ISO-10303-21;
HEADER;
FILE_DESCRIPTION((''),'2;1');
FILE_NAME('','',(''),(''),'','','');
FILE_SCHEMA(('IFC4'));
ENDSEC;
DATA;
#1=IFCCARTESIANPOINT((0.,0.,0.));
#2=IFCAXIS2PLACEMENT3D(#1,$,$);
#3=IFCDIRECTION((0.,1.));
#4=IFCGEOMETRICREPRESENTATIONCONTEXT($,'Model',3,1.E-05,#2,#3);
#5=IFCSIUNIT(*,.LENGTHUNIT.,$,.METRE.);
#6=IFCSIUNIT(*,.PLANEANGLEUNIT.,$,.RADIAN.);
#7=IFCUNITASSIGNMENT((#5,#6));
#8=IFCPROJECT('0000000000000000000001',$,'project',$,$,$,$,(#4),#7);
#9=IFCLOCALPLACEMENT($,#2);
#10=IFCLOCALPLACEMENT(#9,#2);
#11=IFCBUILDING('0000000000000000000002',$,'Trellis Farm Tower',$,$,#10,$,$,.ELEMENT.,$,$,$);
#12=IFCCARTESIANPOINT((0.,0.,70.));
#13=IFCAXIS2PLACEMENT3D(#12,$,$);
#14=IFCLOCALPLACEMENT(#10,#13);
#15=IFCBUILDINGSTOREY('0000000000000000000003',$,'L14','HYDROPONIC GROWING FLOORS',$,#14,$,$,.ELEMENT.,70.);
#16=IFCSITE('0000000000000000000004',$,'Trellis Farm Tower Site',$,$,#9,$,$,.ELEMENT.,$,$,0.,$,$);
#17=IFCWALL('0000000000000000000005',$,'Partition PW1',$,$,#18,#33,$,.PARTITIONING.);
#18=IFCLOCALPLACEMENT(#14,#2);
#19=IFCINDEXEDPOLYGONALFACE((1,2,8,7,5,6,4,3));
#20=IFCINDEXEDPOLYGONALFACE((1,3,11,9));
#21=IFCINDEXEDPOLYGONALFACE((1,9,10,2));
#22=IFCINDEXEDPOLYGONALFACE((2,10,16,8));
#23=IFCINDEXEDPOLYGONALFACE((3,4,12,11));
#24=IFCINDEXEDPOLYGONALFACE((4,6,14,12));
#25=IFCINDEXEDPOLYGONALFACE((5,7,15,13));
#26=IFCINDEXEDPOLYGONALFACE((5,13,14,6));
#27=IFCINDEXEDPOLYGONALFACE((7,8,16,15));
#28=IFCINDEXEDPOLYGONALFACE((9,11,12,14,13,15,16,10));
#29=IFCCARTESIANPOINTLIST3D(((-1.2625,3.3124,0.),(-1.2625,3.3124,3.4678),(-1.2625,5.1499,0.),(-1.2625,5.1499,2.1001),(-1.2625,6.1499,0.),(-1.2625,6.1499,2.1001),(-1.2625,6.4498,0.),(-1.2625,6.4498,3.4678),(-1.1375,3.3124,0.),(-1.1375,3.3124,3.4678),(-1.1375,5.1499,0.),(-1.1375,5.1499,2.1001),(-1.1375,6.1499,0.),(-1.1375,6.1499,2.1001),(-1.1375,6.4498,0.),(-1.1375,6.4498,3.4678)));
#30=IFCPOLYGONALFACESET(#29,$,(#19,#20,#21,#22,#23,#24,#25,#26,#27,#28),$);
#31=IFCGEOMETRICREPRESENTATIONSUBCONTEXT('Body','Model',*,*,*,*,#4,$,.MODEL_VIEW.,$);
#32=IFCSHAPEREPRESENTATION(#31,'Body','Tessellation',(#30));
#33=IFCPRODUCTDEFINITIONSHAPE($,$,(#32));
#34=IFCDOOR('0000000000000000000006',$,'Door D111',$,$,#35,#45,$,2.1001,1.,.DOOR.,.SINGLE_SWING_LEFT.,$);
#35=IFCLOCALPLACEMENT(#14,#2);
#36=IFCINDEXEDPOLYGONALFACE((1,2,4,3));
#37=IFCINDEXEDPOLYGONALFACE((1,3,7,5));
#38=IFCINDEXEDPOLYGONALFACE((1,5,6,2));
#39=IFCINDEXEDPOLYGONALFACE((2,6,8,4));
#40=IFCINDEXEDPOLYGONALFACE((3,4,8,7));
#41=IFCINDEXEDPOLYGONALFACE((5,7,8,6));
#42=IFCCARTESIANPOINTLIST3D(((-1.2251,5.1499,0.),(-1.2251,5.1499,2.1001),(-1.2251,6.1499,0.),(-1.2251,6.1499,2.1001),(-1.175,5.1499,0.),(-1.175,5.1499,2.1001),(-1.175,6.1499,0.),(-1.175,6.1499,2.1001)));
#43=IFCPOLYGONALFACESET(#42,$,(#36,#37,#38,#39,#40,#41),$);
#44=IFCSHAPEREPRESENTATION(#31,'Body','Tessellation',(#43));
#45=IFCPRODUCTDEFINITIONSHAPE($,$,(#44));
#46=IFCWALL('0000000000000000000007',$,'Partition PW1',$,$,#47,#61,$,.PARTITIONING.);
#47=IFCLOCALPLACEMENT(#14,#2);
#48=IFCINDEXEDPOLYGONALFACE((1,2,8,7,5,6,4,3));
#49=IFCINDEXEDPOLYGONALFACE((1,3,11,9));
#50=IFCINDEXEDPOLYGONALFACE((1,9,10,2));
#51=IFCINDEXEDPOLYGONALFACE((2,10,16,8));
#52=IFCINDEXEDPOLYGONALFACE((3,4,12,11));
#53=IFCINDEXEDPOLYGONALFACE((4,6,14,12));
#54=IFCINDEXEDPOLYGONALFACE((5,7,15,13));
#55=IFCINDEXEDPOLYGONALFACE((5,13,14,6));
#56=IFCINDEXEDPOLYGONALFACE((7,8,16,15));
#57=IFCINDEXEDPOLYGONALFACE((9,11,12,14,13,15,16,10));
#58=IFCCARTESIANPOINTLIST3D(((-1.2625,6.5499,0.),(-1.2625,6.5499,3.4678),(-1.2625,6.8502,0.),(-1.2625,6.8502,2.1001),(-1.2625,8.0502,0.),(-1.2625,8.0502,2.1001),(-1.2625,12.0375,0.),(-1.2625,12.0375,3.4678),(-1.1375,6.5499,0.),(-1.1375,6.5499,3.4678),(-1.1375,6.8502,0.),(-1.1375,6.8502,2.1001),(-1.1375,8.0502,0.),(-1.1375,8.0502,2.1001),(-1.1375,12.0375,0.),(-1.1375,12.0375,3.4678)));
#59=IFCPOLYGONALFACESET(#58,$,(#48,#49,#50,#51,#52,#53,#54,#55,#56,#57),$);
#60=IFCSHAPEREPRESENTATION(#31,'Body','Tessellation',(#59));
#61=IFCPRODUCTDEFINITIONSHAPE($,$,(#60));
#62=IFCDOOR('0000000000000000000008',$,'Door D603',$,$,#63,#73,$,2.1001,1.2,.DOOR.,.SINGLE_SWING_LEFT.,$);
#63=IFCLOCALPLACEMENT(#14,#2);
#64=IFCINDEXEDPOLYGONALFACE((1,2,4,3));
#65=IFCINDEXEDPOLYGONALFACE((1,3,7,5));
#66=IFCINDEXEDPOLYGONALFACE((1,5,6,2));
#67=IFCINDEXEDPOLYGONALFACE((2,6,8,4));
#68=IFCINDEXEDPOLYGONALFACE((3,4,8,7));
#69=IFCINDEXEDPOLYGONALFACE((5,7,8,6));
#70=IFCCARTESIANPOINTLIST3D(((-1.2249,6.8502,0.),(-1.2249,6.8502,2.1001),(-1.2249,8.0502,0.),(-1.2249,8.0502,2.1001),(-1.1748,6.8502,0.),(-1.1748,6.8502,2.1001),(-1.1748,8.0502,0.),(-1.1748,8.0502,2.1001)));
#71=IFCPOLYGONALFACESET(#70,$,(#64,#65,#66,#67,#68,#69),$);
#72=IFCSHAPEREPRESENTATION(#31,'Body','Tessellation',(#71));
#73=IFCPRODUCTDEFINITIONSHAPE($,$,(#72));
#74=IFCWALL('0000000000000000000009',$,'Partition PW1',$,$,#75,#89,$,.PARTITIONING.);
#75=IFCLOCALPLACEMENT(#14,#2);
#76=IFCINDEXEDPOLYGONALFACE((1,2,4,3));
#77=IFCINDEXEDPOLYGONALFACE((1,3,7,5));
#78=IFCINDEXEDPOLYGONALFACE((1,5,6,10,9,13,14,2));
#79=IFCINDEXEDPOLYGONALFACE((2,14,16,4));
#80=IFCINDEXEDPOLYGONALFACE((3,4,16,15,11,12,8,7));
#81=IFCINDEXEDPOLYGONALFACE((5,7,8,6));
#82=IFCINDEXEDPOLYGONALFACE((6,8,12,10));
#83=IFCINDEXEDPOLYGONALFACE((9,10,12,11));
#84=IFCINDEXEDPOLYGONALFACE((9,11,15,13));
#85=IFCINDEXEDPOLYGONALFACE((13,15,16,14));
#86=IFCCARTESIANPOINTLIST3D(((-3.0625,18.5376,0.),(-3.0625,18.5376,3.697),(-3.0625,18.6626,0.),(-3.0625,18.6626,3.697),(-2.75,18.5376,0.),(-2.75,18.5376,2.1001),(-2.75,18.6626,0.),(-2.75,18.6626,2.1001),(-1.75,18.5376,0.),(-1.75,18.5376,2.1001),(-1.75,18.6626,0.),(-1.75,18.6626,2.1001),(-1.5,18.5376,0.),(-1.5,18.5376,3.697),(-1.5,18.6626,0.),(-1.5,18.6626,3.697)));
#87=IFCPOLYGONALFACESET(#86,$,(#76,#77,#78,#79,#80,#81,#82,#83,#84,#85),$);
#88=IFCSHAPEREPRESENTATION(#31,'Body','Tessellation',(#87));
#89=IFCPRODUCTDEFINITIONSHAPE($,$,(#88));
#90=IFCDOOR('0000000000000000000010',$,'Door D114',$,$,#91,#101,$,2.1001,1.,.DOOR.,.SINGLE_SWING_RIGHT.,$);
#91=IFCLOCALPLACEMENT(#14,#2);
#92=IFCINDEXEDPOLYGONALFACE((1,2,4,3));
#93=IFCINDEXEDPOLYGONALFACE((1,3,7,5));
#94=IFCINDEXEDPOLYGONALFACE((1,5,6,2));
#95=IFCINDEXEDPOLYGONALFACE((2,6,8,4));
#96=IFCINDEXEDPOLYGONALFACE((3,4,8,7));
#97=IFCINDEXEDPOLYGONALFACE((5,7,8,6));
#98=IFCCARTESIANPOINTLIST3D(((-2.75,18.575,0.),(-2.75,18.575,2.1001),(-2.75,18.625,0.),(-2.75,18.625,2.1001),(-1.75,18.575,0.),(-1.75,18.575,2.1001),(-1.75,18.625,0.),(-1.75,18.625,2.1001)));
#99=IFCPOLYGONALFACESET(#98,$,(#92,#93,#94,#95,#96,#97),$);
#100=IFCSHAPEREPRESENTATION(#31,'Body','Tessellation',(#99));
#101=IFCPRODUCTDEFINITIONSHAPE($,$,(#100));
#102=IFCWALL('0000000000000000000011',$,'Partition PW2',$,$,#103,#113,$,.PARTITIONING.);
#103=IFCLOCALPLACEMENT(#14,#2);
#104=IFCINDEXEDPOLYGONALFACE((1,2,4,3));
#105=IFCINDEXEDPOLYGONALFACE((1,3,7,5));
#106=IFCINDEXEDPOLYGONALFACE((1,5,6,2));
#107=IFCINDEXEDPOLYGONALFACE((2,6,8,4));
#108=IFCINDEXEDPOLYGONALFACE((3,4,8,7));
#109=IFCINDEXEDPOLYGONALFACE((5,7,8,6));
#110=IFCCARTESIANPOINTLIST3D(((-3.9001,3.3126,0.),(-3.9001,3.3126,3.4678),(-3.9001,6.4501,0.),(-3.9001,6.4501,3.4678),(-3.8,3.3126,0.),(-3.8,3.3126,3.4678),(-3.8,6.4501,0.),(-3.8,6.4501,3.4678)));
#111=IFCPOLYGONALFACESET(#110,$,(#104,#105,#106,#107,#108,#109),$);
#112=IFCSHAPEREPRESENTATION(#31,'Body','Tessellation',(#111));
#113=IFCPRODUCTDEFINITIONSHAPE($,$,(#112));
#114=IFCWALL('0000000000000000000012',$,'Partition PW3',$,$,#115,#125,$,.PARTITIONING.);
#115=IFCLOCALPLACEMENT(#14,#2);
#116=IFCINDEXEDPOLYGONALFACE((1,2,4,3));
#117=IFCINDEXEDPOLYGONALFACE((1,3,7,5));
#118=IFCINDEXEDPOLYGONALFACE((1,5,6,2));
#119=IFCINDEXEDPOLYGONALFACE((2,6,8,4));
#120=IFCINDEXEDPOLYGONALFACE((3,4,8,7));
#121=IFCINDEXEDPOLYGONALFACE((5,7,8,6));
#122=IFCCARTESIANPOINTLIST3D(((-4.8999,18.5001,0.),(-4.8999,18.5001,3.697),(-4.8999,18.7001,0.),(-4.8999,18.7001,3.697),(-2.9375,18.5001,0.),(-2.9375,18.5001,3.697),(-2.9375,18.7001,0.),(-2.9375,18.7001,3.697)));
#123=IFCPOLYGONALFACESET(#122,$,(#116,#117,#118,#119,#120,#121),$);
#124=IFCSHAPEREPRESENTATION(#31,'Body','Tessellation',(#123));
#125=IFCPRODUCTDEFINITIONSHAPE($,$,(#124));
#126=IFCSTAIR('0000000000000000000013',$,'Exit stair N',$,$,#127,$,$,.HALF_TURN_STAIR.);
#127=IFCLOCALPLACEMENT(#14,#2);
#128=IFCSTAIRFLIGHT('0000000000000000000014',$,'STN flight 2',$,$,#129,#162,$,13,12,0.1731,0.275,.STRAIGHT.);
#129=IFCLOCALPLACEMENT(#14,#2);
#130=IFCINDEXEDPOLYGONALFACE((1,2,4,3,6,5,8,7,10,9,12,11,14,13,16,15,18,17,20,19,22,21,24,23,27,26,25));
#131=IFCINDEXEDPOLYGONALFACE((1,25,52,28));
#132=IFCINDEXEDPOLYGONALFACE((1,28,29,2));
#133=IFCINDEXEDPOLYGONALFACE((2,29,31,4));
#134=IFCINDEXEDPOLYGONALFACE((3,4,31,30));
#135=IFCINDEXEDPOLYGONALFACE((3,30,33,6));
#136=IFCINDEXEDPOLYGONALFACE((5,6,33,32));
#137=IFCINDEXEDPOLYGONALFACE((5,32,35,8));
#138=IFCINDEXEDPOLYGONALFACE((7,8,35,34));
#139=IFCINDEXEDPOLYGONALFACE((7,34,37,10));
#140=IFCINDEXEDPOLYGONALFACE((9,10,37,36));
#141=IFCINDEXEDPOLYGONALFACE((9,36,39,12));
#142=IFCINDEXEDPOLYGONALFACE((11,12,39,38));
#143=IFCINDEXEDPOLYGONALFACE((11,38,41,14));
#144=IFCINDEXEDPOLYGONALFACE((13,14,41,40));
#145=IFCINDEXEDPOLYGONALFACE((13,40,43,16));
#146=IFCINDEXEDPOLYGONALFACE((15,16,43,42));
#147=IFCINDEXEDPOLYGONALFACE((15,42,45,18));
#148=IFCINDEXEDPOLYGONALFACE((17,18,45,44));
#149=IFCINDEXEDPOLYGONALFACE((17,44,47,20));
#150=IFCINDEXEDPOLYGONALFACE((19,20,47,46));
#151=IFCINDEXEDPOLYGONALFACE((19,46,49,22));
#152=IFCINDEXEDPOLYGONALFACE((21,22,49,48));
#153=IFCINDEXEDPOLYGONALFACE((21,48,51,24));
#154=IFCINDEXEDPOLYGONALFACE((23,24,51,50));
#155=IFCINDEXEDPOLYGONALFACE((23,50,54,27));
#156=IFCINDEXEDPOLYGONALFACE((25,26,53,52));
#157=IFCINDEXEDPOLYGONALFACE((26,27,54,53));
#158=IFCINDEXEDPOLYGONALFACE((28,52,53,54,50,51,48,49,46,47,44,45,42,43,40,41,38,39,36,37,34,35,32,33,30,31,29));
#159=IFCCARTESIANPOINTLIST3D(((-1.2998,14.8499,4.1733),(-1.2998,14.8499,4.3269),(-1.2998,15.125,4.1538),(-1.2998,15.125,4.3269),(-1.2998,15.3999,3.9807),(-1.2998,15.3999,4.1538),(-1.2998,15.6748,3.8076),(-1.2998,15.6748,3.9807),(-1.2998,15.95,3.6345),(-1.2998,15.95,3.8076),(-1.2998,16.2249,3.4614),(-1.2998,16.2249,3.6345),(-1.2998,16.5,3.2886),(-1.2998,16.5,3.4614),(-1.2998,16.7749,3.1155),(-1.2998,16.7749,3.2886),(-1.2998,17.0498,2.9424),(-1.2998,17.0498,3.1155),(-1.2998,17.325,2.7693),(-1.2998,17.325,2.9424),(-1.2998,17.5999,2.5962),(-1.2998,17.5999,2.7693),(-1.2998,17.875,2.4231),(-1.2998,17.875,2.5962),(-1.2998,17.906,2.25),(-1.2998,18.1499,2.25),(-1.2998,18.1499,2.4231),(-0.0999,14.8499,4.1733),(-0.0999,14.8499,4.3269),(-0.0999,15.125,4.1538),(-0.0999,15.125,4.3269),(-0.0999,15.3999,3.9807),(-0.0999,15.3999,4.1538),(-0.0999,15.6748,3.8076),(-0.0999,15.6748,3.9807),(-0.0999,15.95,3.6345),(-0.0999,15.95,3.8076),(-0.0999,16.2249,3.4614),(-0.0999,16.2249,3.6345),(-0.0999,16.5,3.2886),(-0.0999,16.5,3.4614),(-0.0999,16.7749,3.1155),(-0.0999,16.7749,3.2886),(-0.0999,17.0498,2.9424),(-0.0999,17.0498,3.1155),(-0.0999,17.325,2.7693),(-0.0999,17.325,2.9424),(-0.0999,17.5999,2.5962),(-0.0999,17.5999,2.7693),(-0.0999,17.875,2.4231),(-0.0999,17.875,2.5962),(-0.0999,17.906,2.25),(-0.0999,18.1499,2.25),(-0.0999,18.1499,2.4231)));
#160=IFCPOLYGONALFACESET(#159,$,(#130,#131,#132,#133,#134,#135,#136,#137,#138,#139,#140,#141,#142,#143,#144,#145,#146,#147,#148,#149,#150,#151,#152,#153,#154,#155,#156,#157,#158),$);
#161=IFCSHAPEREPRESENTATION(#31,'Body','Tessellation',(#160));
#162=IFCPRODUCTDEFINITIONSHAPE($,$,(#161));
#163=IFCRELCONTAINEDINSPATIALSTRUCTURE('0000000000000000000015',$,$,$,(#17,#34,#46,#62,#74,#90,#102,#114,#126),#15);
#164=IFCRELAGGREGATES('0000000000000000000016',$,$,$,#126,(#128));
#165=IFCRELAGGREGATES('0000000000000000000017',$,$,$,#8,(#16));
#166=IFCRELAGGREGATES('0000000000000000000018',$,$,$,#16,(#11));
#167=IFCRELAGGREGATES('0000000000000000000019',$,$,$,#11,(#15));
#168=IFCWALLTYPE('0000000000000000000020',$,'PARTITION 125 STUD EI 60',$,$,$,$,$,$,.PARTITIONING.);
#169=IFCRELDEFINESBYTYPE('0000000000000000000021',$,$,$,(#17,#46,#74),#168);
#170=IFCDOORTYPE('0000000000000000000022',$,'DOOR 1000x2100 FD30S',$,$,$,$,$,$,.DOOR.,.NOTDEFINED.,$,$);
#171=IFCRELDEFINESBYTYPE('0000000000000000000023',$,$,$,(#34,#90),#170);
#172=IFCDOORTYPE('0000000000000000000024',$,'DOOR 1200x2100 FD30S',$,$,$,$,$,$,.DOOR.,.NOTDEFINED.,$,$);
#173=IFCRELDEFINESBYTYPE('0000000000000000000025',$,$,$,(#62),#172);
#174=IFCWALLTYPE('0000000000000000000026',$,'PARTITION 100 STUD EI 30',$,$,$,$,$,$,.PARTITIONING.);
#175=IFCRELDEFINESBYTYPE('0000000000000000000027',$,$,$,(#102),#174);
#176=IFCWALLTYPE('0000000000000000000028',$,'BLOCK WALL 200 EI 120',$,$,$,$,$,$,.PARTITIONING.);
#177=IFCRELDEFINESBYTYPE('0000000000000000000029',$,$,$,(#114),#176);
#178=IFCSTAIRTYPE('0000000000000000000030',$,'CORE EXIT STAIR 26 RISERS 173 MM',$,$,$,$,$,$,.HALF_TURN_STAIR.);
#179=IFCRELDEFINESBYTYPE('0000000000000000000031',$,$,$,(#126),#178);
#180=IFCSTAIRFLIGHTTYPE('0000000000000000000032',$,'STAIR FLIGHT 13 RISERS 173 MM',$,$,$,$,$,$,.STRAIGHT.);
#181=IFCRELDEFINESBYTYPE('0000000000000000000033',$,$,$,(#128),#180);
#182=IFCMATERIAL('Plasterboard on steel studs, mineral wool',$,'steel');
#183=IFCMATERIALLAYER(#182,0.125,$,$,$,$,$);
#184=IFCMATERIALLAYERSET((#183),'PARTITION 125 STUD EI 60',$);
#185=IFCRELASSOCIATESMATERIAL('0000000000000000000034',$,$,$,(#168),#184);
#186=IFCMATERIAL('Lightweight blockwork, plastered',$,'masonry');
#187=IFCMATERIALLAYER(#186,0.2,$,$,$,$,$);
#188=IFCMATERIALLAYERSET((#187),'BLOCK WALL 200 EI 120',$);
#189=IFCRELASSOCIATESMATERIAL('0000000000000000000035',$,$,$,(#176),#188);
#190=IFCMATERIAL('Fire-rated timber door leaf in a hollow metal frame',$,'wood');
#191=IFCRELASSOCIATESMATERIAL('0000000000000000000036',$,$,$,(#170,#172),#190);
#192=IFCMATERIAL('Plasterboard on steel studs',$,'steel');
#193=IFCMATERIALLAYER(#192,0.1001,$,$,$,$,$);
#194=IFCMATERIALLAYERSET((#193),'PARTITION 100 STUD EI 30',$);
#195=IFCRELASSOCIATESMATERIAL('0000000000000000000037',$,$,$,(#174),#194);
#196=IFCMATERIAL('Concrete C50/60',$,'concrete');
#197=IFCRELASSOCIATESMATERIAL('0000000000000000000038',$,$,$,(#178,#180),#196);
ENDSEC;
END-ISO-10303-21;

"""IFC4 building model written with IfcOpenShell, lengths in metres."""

from ifc_helpers import new_model, si_unit, direction, frame, frame_2d, origin, place, context, subcontext, project, spatial, polyline, rectangle, outline, extrude, source, transform, mapped, material, layer, layer_set, type_object, element, fill, aggregate, save


model = new_model("IFC4")

# Units and contexts
model_context = context("Model", 3, precision=1e-05, world=origin(), true_north=direction((0.0, 1.0)))
body_context = subcontext(model_context, "Body", "Model", "MODEL_VIEW")
ifc_project = project(units=[si_unit("LENGTHUNIT", "METRE"), si_unit("PLANEANGLEUNIT", "RADIAN")], contexts=[model_context])

# Site, building, storey
site_placement = place(None, origin())
site = spatial("IfcSite", under=ifc_project, at=site_placement, Name="Trellis Farm Tower Site", CompositionType="ELEMENT", RefElevation=0.0)
building_placement = place(site_placement, origin())
building = spatial("IfcBuilding", under=site, at=building_placement, Name="Trellis Farm Tower", CompositionType="ELEMENT")
storey_placement = place(building_placement, frame((0.0, 0.0, 70.0)))
storey = spatial("IfcBuildingStorey", under=building, at=storey_placement, Name="L14", Description="HYDROPONIC GROWING FLOORS", CompositionType="ELEMENT", Elevation=70.0)

# Shared definitions
placement = place(storey_placement, origin())

# Shared definitions
shared_shape_1 = source(origin(), body_context, "Body", "SweptSolid", [
    extrude(rectangle(XDim=1.2, YDim=2.1001, at=frame_2d((0.6001, 1.05))), frame((0.0, 0.0249, 0.0), z_axis=(0.0, -1.0, 0.0), x_axis=(1.0, 0.0, 0.0)), (0.0, 0.0, 1.0), 0.05),
])

# Shared definitions
ifc_material_1 = material(Name="Plasterboard on steel studs, mineral wool", Category="steel")
ifc_layer_1 = layer(ifc_material_1, 0.125)
ifc_layer_set_1 = layer_set([ifc_layer_1], Name="PARTITION 125 STUD EI 60")
wall_type_1 = type_object("IfcWallType", Name="PARTITION 125 STUD EI 60", PredefinedType="PARTITIONING", material=ifc_layer_set_1)
ifc_material_2 = material(Name="Lightweight blockwork, plastered", Category="masonry")
ifc_layer_2 = layer(ifc_material_2, 0.2)
ifc_layer_set_2 = layer_set([ifc_layer_2], Name="BLOCK WALL 200 EI 120")
wall_type_2 = type_object("IfcWallType", Name="BLOCK WALL 200 EI 120", PredefinedType="PARTITIONING", material=ifc_layer_set_2)

# Walls, openings, doors
shared_shape_2 = source(origin(), body_context, "Body", "SweptSolid", [
    extrude(rectangle(XDim=1.0, YDim=2.1001, at=frame_2d((0.5, 1.05))), frame((0.0, 0.0725, 0.0), z_axis=(0.0, -1.0, 0.0), x_axis=(1.0, 0.0, 0.0)), (0.0, 0.0, 1.0), 0.145),
])
ifc_material_3 = material(Name="Fire-rated timber door leaf in a hollow metal frame", Category="wood")
door_type_1 = type_object("IfcDoorType", Name="DOOR 1000x2100 FD30S", OperationType="NOTDEFINED", PredefinedType="DOOR", material=ifc_material_3)
shared_shape_3 = source(origin(), body_context, "Body", "SweptSolid", [
    extrude(rectangle(XDim=1.0, YDim=2.1001, at=frame_2d((0.5, 1.05))), frame((0.0, 0.0249, 0.0), z_axis=(0.0, -1.0, 0.0), x_axis=(1.0, 0.0, 0.0)), (0.0, 0.0, 1.0), 0.05),
])
shared_shape_4 = source(origin(), body_context, "Body", "SweptSolid", [
    extrude(rectangle(XDim=3.1375, YDim=0.125, at=frame_2d((1.5688, 0.0))), origin(), (0.0, 0.0, 1.0), 3.4678),
])
wall_1_placement = place(storey_placement, frame((-1.2, 6.45, 0.0), z_axis=(0.0, 0.0, 1.0), x_axis=(0.0, -1.0, 0.0)))
wall_1 = element("IfcWall", 1, at=wall_1_placement, inside=storey, type_object=wall_type_1, Name="Partition PW1", PredefinedType="PARTITIONING", context=body_context, shape_type="MappedRepresentation", body=[
    mapped(shared_shape_4, transform((0.0, 0.0, 0.0))),
])
opening_1_placement = place(wall_1_placement, frame((0.3, 0.0, 0.0)))
opening_1 = element("IfcOpeningElement", 2, at=opening_1_placement, cuts=wall_1, PredefinedType="OPENING", context=body_context, shape_type="MappedRepresentation", body=[
    mapped(shared_shape_2, transform((0.0, 0.0, 0.0))),
])
door_1_placement = place(opening_1_placement, origin())
door_1 = element("IfcDoor", 3, at=door_1_placement, inside=storey, type_object=door_type_1, Name="Door D111", OperationType="SINGLE_SWING_LEFT", OverallHeight=2.1001, OverallWidth=1.0, PredefinedType="DOOR", context=body_context, shape_type="MappedRepresentation", body=[
    mapped(shared_shape_3, transform((0.0, 0.0, 0.0))),
])
fill(opening_1, door_1)
shared_shape_5 = source(origin(), body_context, "Body", "SweptSolid", [
    extrude(rectangle(XDim=5.4875, YDim=0.125, at=frame_2d((2.7437, 0.0))), origin(), (0.0, 0.0, 1.0), 3.4678),
])
wall_2_placement = place(storey_placement, frame((-1.2, 6.55, 0.0), z_axis=(0.0, 0.0, 1.0), x_axis=(0.0, 1.0, 0.0)))
wall_2 = element("IfcWall", 4, at=wall_2_placement, inside=storey, type_object=wall_type_1, Name="Partition PW1", PredefinedType="PARTITIONING", context=body_context, shape_type="MappedRepresentation", body=[
    mapped(shared_shape_5, transform((0.0, 0.0, 0.0))),
])
shared_shape_6 = source(origin(), body_context, "Body", "SweptSolid", [
    extrude(rectangle(XDim=1.2, YDim=2.1001, at=frame_2d((0.6001, 1.05))), frame((0.0, 0.0725, 0.0), z_axis=(0.0, -1.0, 0.0), x_axis=(1.0, 0.0, 0.0)), (0.0, 0.0, 1.0), 0.145),
])
opening_2_placement = place(wall_2_placement, frame((0.3, 0.0, 0.0)))
opening_2 = element("IfcOpeningElement", 5, at=opening_2_placement, cuts=wall_2, PredefinedType="OPENING", context=body_context, shape_type="MappedRepresentation", body=[
    mapped(shared_shape_6, transform((0.0, 0.0, 0.0))),
])
door_type_2 = type_object("IfcDoorType", Name="DOOR 1200x2100 FD30S", OperationType="NOTDEFINED", PredefinedType="DOOR", material=ifc_material_3)
door_2_placement = place(opening_2_placement, origin())
door_2 = element("IfcDoor", 6, at=door_2_placement, inside=storey, type_object=door_type_2, Name="Door D603", OperationType="SINGLE_SWING_LEFT", OverallHeight=2.1001, OverallWidth=1.2, PredefinedType="DOOR", context=body_context, shape_type="MappedRepresentation", body=[
    mapped(shared_shape_1, transform((0.0, 0.0, 0.0))),
])
fill(opening_2, door_2)
shared_shape_7 = source(origin(), body_context, "Body", "SweptSolid", [
    extrude(rectangle(XDim=1.5625, YDim=0.125, at=frame_2d((0.7812, 0.0))), origin(), (0.0, 0.0, 1.0), 3.697),
])
wall_3_placement = place(storey_placement, frame((-3.0625, 18.6001, 0.0), z_axis=(0.0, 0.0, 1.0), x_axis=(1.0, 0.0, 0.0)))
wall_3 = element("IfcWall", 7, at=wall_3_placement, inside=storey, type_object=wall_type_1, Name="Partition PW1", PredefinedType="PARTITIONING", context=body_context, shape_type="MappedRepresentation", body=[
    mapped(shared_shape_7, transform((0.0, 0.0, 0.0))),
])
opening_3_placement = place(wall_3_placement, frame((0.3125, 0.0, 0.0)))
opening_3 = element("IfcOpeningElement", 8, at=opening_3_placement, cuts=wall_3, PredefinedType="OPENING", context=body_context, shape_type="MappedRepresentation", body=[
    mapped(shared_shape_2, transform((0.0, 0.0, 0.0))),
])
door_3_placement = place(opening_3_placement, origin())
door_3 = element("IfcDoor", 9, at=door_3_placement, inside=storey, type_object=door_type_1, Name="Door D114", OperationType="SINGLE_SWING_RIGHT", OverallHeight=2.1001, OverallWidth=1.0, PredefinedType="DOOR", context=body_context, shape_type="MappedRepresentation", body=[
    mapped(shared_shape_3, transform((0.0, 0.0, 0.0))),
])
fill(opening_3, door_3)

# Walls
ifc_material_4 = material(Name="Plasterboard on steel studs", Category="steel")
ifc_layer_3 = layer(ifc_material_4, 0.1001)
ifc_layer_set_3 = layer_set([ifc_layer_3], Name="PARTITION 100 STUD EI 30")
wall_type_3 = type_object("IfcWallType", Name="PARTITION 100 STUD EI 30", PredefinedType="PARTITIONING", material=ifc_layer_set_3)
shared_shape_8 = source(origin(), body_context, "Body", "SweptSolid", [
    extrude(rectangle(XDim=3.1375, YDim=0.1001, at=frame_2d((1.5688, 0.0))), origin(), (0.0, 0.0, 1.0), 3.4678),
])
wall_4_placement = place(storey_placement, frame((-3.8501, 3.3125, 0.0), z_axis=(0.0, 0.0, 1.0), x_axis=(0.0, 1.0, 0.0)))
element("IfcWall", 10, at=wall_4_placement, inside=storey, type_object=wall_type_3, Name="Partition PW2", PredefinedType="PARTITIONING", context=body_context, shape_type="MappedRepresentation", body=[
    mapped(shared_shape_8, transform((0.0, 0.0, 0.0))),
])
shared_shape_9 = source(origin(), body_context, "Body", "SweptSolid", [
    extrude(rectangle(XDim=1.9624, YDim=0.2, at=frame_2d((0.9812, 0.0))), origin(), (0.0, 0.0, 1.0), 3.697),
])
wall_5_placement = place(storey_placement, frame((-4.8999, 18.6001, 0.0), z_axis=(0.0, 0.0, 1.0), x_axis=(1.0, 0.0, 0.0)))
element("IfcWall", 11, at=wall_5_placement, inside=storey, type_object=wall_type_2, Name="Partition PW3", PredefinedType="PARTITIONING", context=body_context, shape_type="MappedRepresentation", body=[
    mapped(shared_shape_9, transform((0.0, 0.0, 0.0))),
])

# Stair, stair flight
ifc_material_5 = material(Name="Concrete C50/60", Category="concrete")
stair_type = type_object("IfcStairType", Name="CORE EXIT STAIR 26 RISERS 173 MM", PredefinedType="HALF_TURN_STAIR", material=ifc_material_5)
stair = element("IfcStair", 12, at=placement, inside=storey, type_object=stair_type, Name="Exit stair N", PredefinedType="HALF_TURN_STAIR")
stair_flight_type = type_object("IfcStairFlightType", Name="STAIR FLIGHT 13 RISERS 173 MM", PredefinedType="STRAIGHT", material=ifc_material_5)
shared_shape_10 = source(origin(), body_context, "Body", "SweptSolid", [
    extrude(outline(polyline([(0.0, 0.0), (0.0, 0.1731), (0.2749, 0.1731), (0.2749, 0.3462), (0.55, 0.3462), (0.55, 0.5193), (0.825, 0.5193), (0.825, 0.6924), (1.1001, 0.6924), (1.1001, 0.8655), (1.375, 0.8655), (1.375, 1.0386), (1.6499, 1.0386), (1.6499, 1.2114), (1.925, 1.2114), (1.925, 1.3845), (2.2, 1.3845), (2.2, 1.5576), (2.4751, 1.5576), (2.4751, 1.7307), (2.75, 1.7307), (2.75, 1.9038), (3.0249, 1.9038), (3.0249, 2.0769), (3.3, 2.0769), (3.3, 2.25), (3.3, 1.9233), (0.2439, 0.0), (0.0, 0.0)])), frame((0.0, 0.6001, 0.0), z_axis=(0.0, -1.0, 0.0), x_axis=(1.0, 0.0, 0.0)), (0.0, 0.0, 1.0), 1.2),
])
stair_flight_placement = place(storey_placement, frame((-0.7, 18.1499, 2.25), z_axis=(0.0, 0.0, 1.0), x_axis=(0.0, -1.0, 0.0)))
stair_flight = element("IfcStairFlight", 13, at=stair_flight_placement, type_object=stair_flight_type, Name="STN flight 2", NumberOfRisers=13, NumberOfTreads=12, PredefinedType="STRAIGHT", RiserHeight=0.1731, TreadLength=0.275, context=body_context, shape_type="MappedRepresentation", body=[
    mapped(shared_shape_10, transform((0.0, 0.0, 0.0))),
])
aggregate(stair, [stair_flight])

save(model, "model.ifc")
